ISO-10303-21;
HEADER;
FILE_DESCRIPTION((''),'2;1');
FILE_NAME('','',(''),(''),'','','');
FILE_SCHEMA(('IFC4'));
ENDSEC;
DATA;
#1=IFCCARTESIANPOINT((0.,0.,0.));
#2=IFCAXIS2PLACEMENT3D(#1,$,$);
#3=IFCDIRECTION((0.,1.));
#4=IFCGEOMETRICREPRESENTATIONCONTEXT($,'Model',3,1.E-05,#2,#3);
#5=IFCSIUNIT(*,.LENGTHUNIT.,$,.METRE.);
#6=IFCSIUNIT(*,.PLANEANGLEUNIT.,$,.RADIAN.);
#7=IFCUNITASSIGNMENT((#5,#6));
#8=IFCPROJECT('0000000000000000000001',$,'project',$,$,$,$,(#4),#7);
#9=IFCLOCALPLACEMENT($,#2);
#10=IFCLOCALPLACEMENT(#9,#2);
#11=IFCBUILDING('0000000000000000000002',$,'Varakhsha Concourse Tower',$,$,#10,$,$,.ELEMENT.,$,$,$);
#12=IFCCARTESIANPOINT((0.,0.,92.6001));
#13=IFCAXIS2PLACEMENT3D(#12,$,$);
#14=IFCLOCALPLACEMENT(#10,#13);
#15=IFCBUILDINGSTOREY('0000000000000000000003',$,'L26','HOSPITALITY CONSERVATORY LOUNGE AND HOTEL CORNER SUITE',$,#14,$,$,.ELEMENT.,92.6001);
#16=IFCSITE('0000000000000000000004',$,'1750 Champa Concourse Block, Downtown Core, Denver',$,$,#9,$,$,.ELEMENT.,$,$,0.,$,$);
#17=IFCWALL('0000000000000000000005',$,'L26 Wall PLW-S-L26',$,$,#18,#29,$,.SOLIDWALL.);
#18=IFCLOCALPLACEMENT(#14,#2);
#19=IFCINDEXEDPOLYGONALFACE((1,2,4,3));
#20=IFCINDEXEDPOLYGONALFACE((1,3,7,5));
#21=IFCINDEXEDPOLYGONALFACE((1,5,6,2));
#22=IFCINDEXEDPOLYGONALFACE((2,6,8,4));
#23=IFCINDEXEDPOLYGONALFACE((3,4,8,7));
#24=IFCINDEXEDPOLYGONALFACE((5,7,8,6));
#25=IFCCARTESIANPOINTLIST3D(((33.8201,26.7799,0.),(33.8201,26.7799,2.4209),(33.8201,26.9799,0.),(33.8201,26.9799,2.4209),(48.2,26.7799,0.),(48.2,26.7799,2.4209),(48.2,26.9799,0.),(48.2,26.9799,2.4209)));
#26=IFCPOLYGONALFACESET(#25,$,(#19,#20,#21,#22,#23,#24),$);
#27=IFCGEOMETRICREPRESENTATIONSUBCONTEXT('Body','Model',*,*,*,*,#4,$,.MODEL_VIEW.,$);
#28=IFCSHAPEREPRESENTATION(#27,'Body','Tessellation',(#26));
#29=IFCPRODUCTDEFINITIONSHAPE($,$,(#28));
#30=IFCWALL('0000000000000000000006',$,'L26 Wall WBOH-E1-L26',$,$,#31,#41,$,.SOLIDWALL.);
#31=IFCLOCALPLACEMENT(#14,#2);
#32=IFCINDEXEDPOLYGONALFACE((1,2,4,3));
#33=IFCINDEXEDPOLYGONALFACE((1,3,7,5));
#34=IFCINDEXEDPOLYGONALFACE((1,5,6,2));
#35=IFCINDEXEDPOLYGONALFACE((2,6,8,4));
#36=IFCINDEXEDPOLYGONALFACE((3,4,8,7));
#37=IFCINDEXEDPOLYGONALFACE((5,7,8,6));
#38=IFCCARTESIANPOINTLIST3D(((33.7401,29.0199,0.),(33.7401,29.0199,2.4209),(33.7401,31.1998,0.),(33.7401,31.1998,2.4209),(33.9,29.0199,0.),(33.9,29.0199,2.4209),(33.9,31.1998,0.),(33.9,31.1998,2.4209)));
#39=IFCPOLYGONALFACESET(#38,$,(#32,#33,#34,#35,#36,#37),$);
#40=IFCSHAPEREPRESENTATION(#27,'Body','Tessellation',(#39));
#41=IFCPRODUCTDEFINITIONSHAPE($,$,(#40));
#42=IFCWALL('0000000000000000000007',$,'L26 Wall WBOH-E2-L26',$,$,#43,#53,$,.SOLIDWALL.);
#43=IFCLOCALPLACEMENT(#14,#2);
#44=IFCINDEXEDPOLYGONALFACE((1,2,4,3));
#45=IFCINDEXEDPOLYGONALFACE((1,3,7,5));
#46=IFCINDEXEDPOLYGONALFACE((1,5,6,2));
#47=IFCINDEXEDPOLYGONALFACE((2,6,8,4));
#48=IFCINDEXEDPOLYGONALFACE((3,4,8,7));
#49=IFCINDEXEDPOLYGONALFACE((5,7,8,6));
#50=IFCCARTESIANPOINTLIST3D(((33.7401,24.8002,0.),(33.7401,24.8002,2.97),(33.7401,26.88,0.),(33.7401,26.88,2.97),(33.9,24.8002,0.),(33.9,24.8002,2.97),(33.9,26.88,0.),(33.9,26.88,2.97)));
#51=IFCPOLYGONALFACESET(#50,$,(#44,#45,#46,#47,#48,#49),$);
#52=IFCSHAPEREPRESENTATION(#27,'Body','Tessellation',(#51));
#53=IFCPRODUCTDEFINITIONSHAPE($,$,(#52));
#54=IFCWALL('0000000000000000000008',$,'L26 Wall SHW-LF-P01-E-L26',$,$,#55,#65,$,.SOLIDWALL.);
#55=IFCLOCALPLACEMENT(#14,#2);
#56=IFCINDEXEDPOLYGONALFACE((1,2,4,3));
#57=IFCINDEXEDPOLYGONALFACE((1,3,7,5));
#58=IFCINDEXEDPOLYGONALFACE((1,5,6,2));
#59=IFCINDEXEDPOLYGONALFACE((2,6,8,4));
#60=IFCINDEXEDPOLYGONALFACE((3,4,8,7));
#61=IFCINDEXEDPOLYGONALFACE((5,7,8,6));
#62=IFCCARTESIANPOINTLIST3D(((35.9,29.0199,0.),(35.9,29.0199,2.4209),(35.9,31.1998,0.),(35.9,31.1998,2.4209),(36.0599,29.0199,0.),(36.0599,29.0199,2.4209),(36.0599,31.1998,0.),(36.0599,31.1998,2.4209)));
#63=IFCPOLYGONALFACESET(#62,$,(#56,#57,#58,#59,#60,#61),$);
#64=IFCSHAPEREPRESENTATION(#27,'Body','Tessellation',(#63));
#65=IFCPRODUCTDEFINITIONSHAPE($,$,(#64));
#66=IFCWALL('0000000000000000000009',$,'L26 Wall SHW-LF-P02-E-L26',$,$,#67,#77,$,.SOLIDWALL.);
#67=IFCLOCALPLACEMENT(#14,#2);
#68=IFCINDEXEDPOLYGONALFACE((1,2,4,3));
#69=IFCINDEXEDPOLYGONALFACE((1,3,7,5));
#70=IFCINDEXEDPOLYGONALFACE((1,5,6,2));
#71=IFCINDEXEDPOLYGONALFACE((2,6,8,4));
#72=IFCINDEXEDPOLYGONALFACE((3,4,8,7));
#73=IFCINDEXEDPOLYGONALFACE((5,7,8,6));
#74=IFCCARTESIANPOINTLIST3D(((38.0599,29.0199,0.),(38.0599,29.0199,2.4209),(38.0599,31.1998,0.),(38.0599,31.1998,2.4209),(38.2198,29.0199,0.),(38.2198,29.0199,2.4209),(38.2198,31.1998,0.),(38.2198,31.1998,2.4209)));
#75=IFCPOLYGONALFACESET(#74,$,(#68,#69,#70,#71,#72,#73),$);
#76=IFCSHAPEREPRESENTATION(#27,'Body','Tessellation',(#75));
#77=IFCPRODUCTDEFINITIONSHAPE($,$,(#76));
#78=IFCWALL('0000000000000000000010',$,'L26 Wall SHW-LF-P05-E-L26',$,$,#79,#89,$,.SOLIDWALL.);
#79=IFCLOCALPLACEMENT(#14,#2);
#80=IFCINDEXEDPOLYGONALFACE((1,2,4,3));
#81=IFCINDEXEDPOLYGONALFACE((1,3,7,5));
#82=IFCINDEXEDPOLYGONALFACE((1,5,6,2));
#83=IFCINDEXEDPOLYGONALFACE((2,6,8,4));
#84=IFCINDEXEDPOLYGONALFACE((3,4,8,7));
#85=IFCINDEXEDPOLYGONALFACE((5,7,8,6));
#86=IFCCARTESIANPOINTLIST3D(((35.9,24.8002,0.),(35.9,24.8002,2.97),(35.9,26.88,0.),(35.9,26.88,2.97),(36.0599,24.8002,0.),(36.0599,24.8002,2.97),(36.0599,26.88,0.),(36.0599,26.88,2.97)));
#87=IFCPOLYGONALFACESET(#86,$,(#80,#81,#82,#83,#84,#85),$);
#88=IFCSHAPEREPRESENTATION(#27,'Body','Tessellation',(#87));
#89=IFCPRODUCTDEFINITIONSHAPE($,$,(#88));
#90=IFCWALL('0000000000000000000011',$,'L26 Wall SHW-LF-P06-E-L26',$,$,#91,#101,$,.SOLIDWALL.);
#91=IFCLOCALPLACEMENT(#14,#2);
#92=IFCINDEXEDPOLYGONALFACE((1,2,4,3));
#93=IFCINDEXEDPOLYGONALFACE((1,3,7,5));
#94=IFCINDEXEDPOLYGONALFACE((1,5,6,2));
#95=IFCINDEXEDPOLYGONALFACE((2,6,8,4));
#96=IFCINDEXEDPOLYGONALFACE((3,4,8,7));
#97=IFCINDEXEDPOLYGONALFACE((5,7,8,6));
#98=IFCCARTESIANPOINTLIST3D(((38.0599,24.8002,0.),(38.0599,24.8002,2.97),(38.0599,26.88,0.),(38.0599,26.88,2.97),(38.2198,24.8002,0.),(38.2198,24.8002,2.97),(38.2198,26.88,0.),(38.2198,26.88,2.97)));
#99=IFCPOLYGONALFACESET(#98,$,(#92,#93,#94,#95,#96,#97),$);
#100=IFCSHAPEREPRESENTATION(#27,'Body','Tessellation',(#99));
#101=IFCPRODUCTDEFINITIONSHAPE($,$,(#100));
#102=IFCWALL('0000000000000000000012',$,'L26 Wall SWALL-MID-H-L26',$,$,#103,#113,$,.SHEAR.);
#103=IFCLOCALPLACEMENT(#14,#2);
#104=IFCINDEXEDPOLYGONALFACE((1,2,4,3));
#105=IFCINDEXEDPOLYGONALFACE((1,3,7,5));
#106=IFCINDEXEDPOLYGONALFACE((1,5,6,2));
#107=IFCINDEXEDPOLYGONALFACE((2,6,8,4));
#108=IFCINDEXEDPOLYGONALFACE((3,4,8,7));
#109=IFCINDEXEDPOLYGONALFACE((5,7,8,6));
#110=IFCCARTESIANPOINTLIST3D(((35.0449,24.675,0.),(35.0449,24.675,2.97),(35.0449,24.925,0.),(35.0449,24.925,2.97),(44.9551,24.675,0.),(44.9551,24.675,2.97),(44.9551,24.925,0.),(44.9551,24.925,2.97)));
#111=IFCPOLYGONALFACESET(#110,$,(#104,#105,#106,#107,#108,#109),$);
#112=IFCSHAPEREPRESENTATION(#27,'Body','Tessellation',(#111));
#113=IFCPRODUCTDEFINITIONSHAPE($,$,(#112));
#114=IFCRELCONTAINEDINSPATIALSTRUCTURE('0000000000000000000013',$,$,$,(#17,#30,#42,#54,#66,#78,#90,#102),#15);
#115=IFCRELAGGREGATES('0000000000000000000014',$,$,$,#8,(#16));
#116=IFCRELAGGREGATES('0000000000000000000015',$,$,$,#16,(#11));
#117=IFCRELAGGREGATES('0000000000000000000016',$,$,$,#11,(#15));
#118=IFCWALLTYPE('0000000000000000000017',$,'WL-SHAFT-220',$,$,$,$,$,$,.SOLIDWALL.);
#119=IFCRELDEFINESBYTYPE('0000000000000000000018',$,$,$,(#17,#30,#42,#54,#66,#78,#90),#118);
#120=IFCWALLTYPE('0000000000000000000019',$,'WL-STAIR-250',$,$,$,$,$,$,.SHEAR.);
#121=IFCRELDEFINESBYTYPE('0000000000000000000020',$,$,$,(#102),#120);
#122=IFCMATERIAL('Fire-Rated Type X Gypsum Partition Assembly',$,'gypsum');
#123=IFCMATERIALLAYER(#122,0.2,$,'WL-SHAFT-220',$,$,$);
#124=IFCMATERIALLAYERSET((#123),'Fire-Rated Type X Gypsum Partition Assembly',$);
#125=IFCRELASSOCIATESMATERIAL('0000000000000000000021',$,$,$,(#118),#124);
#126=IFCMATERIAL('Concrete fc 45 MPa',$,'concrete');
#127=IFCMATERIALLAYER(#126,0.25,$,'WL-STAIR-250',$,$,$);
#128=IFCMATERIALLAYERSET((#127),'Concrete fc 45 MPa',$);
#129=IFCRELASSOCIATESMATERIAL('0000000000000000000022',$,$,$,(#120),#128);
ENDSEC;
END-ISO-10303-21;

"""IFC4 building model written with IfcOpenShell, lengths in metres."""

from ifc_helpers import new_model, si_unit, direction, frame, frame_2d, origin, place, context, subcontext, project, spatial, rectangle, extrude, material, layer, layer_set, type_object, element, save


model = new_model("IFC4")

# Units and contexts
model_context = context("Model", 3, precision=1e-05, world=origin(), true_north=direction((0.0, 1.0)))
body_context = subcontext(model_context, "Body", "Model", "MODEL_VIEW")
ifc_project = project(units=[si_unit("LENGTHUNIT", "METRE"), si_unit("PLANEANGLEUNIT", "RADIAN")], contexts=[model_context])

# Site, building, storey
site_placement = place(None, origin())
site = spatial("IfcSite", under=ifc_project, at=site_placement, Name="1750 Champa Concourse Block, Downtown Core, Denver", CompositionType="ELEMENT", RefElevation=0.0)
building_placement = place(site_placement, origin())
building = spatial("IfcBuilding", under=site, at=building_placement, Name="Varakhsha Concourse Tower", CompositionType="ELEMENT")
storey_placement = place(building_placement, frame((0.0, 0.0, 92.6001)))
storey = spatial("IfcBuildingStorey", under=building, at=storey_placement, Name="L26", Description="HOSPITALITY CONSERVATORY LOUNGE AND HOTEL CORNER SUITE", CompositionType="ELEMENT", Elevation=92.6001)

# Shared definitions
ifc_material_1 = material(Name="Fire-Rated Type X Gypsum Partition Assembly", Category="gypsum")

# Shared definitions
ifc_layer_1 = layer(ifc_material_1, 0.2, Name="WL-SHAFT-220")
ifc_layer_set_1 = layer_set([ifc_layer_1], Name="Fire-Rated Type X Gypsum Partition Assembly")
wall_type_1 = type_object("IfcWallType", Name="WL-SHAFT-220", PredefinedType="SOLIDWALL", material=ifc_layer_set_1)

# Walls
wall_1_placement = place(storey_placement, frame((33.8201, 26.8799, 0.0), z_axis=(0.0, 0.0, 1.0), x_axis=(1.0, 0.0, 0.0)))
element("IfcWall", 1, at=wall_1_placement, inside=storey, type_object=wall_type_1, Name="L26 Wall PLW-S-L26", PredefinedType="SOLIDWALL", context=body_context, shape_type="SweptSolid", body=[
    extrude(rectangle(XDim=14.3799, YDim=0.2, at=frame_2d((7.1899, 0.0))), origin(), (0.0, 0.0, 1.0), 2.4209),
])
wall_2_placement = place(storey_placement, frame((33.8201, 29.02, 0.0), z_axis=(0.0, 0.0, 1.0), x_axis=(0.0, 1.0, 0.0)))
element("IfcWall", 2, at=wall_2_placement, inside=storey, type_object=wall_type_1, Name="L26 Wall WBOH-E1-L26", PredefinedType="SOLIDWALL", context=body_context, shape_type="SweptSolid", body=[
    extrude(rectangle(XDim=2.1799, YDim=0.1599, at=frame_2d((1.0898, 0.0))), origin(), (0.0, 0.0, 1.0), 2.4209),
])
wall_3_placement = place(storey_placement, frame((33.8201, 24.8, 0.0), z_axis=(0.0, 0.0, 1.0), x_axis=(0.0, 1.0, 0.0)))
element("IfcWall", 3, at=wall_3_placement, inside=storey, type_object=wall_type_1, Name="L26 Wall WBOH-E2-L26", PredefinedType="SOLIDWALL", context=body_context, shape_type="SweptSolid", body=[
    extrude(rectangle(XDim=2.0798, YDim=0.1599, at=frame_2d((1.04, 0.0))), origin(), (0.0, 0.0, 1.0), 2.97),
])
for number, where, z_axis, x_axis, name in (
    (4, (35.98, 29.02, 0.0), (0.0, 0.0, 1.0), (0.0, 1.0, 0.0), "L26 Wall SHW-LF-P01-E-L26"),
    (5, (38.1399, 29.02, 0.0), (0.0, 0.0, 1.0), (0.0, 1.0, 0.0), "L26 Wall SHW-LF-P02-E-L26"),
):
    element("IfcWall", number, at=place(storey_placement, frame(where, z_axis=z_axis, x_axis=x_axis)), inside=storey, type_object=wall_type_1, Name=name, PredefinedType="SOLIDWALL", context=body_context, shape_type="SweptSolid", body=[
        extrude(rectangle(XDim=2.1799, YDim=0.1599, at=frame_2d((1.0898, 0.0))), origin(), (0.0, 0.0, 1.0), 2.4209),
    ])
for number, where, z_axis, x_axis, name in (
    (6, (35.98, 24.8, 0.0), (0.0, 0.0, 1.0), (0.0, 1.0, 0.0), "L26 Wall SHW-LF-P05-E-L26"),
    (7, (38.1399, 24.8, 0.0), (0.0, 0.0, 1.0), (0.0, 1.0, 0.0), "L26 Wall SHW-LF-P06-E-L26"),
):
    element("IfcWall", number, at=place(storey_placement, frame(where, z_axis=z_axis, x_axis=x_axis)), inside=storey, type_object=wall_type_1, Name=name, PredefinedType="SOLIDWALL", context=body_context, shape_type="SweptSolid", body=[
        extrude(rectangle(XDim=2.0798, YDim=0.1599, at=frame_2d((1.04, 0.0))), origin(), (0.0, 0.0, 1.0), 2.97),
    ])
ifc_material_2 = material(Name="Concrete fc 45 MPa", Category="concrete")
ifc_layer_2 = layer(ifc_material_2, 0.25, Name="WL-STAIR-250")
ifc_layer_set_2 = layer_set([ifc_layer_2], Name="Concrete fc 45 MPa")
wall_type_2 = type_object("IfcWallType", Name="WL-STAIR-250", PredefinedType="SHEAR", material=ifc_layer_set_2)
wall_4_placement = place(storey_placement, frame((35.0449, 24.8, 0.0), z_axis=(0.0, 0.0, 1.0), x_axis=(1.0, 0.0, 0.0)))
element("IfcWall", 8, at=wall_4_placement, inside=storey, type_object=wall_type_2, Name="L26 Wall SWALL-MID-H-L26", PredefinedType="SHEAR", context=body_context, shape_type="SweptSolid", body=[
    extrude(rectangle(XDim=9.9102, YDim=0.25, at=frame_2d((4.9551, 0.0))), origin(), (0.0, 0.0, 1.0), 2.97),
])

save(model, "model.ifc")
